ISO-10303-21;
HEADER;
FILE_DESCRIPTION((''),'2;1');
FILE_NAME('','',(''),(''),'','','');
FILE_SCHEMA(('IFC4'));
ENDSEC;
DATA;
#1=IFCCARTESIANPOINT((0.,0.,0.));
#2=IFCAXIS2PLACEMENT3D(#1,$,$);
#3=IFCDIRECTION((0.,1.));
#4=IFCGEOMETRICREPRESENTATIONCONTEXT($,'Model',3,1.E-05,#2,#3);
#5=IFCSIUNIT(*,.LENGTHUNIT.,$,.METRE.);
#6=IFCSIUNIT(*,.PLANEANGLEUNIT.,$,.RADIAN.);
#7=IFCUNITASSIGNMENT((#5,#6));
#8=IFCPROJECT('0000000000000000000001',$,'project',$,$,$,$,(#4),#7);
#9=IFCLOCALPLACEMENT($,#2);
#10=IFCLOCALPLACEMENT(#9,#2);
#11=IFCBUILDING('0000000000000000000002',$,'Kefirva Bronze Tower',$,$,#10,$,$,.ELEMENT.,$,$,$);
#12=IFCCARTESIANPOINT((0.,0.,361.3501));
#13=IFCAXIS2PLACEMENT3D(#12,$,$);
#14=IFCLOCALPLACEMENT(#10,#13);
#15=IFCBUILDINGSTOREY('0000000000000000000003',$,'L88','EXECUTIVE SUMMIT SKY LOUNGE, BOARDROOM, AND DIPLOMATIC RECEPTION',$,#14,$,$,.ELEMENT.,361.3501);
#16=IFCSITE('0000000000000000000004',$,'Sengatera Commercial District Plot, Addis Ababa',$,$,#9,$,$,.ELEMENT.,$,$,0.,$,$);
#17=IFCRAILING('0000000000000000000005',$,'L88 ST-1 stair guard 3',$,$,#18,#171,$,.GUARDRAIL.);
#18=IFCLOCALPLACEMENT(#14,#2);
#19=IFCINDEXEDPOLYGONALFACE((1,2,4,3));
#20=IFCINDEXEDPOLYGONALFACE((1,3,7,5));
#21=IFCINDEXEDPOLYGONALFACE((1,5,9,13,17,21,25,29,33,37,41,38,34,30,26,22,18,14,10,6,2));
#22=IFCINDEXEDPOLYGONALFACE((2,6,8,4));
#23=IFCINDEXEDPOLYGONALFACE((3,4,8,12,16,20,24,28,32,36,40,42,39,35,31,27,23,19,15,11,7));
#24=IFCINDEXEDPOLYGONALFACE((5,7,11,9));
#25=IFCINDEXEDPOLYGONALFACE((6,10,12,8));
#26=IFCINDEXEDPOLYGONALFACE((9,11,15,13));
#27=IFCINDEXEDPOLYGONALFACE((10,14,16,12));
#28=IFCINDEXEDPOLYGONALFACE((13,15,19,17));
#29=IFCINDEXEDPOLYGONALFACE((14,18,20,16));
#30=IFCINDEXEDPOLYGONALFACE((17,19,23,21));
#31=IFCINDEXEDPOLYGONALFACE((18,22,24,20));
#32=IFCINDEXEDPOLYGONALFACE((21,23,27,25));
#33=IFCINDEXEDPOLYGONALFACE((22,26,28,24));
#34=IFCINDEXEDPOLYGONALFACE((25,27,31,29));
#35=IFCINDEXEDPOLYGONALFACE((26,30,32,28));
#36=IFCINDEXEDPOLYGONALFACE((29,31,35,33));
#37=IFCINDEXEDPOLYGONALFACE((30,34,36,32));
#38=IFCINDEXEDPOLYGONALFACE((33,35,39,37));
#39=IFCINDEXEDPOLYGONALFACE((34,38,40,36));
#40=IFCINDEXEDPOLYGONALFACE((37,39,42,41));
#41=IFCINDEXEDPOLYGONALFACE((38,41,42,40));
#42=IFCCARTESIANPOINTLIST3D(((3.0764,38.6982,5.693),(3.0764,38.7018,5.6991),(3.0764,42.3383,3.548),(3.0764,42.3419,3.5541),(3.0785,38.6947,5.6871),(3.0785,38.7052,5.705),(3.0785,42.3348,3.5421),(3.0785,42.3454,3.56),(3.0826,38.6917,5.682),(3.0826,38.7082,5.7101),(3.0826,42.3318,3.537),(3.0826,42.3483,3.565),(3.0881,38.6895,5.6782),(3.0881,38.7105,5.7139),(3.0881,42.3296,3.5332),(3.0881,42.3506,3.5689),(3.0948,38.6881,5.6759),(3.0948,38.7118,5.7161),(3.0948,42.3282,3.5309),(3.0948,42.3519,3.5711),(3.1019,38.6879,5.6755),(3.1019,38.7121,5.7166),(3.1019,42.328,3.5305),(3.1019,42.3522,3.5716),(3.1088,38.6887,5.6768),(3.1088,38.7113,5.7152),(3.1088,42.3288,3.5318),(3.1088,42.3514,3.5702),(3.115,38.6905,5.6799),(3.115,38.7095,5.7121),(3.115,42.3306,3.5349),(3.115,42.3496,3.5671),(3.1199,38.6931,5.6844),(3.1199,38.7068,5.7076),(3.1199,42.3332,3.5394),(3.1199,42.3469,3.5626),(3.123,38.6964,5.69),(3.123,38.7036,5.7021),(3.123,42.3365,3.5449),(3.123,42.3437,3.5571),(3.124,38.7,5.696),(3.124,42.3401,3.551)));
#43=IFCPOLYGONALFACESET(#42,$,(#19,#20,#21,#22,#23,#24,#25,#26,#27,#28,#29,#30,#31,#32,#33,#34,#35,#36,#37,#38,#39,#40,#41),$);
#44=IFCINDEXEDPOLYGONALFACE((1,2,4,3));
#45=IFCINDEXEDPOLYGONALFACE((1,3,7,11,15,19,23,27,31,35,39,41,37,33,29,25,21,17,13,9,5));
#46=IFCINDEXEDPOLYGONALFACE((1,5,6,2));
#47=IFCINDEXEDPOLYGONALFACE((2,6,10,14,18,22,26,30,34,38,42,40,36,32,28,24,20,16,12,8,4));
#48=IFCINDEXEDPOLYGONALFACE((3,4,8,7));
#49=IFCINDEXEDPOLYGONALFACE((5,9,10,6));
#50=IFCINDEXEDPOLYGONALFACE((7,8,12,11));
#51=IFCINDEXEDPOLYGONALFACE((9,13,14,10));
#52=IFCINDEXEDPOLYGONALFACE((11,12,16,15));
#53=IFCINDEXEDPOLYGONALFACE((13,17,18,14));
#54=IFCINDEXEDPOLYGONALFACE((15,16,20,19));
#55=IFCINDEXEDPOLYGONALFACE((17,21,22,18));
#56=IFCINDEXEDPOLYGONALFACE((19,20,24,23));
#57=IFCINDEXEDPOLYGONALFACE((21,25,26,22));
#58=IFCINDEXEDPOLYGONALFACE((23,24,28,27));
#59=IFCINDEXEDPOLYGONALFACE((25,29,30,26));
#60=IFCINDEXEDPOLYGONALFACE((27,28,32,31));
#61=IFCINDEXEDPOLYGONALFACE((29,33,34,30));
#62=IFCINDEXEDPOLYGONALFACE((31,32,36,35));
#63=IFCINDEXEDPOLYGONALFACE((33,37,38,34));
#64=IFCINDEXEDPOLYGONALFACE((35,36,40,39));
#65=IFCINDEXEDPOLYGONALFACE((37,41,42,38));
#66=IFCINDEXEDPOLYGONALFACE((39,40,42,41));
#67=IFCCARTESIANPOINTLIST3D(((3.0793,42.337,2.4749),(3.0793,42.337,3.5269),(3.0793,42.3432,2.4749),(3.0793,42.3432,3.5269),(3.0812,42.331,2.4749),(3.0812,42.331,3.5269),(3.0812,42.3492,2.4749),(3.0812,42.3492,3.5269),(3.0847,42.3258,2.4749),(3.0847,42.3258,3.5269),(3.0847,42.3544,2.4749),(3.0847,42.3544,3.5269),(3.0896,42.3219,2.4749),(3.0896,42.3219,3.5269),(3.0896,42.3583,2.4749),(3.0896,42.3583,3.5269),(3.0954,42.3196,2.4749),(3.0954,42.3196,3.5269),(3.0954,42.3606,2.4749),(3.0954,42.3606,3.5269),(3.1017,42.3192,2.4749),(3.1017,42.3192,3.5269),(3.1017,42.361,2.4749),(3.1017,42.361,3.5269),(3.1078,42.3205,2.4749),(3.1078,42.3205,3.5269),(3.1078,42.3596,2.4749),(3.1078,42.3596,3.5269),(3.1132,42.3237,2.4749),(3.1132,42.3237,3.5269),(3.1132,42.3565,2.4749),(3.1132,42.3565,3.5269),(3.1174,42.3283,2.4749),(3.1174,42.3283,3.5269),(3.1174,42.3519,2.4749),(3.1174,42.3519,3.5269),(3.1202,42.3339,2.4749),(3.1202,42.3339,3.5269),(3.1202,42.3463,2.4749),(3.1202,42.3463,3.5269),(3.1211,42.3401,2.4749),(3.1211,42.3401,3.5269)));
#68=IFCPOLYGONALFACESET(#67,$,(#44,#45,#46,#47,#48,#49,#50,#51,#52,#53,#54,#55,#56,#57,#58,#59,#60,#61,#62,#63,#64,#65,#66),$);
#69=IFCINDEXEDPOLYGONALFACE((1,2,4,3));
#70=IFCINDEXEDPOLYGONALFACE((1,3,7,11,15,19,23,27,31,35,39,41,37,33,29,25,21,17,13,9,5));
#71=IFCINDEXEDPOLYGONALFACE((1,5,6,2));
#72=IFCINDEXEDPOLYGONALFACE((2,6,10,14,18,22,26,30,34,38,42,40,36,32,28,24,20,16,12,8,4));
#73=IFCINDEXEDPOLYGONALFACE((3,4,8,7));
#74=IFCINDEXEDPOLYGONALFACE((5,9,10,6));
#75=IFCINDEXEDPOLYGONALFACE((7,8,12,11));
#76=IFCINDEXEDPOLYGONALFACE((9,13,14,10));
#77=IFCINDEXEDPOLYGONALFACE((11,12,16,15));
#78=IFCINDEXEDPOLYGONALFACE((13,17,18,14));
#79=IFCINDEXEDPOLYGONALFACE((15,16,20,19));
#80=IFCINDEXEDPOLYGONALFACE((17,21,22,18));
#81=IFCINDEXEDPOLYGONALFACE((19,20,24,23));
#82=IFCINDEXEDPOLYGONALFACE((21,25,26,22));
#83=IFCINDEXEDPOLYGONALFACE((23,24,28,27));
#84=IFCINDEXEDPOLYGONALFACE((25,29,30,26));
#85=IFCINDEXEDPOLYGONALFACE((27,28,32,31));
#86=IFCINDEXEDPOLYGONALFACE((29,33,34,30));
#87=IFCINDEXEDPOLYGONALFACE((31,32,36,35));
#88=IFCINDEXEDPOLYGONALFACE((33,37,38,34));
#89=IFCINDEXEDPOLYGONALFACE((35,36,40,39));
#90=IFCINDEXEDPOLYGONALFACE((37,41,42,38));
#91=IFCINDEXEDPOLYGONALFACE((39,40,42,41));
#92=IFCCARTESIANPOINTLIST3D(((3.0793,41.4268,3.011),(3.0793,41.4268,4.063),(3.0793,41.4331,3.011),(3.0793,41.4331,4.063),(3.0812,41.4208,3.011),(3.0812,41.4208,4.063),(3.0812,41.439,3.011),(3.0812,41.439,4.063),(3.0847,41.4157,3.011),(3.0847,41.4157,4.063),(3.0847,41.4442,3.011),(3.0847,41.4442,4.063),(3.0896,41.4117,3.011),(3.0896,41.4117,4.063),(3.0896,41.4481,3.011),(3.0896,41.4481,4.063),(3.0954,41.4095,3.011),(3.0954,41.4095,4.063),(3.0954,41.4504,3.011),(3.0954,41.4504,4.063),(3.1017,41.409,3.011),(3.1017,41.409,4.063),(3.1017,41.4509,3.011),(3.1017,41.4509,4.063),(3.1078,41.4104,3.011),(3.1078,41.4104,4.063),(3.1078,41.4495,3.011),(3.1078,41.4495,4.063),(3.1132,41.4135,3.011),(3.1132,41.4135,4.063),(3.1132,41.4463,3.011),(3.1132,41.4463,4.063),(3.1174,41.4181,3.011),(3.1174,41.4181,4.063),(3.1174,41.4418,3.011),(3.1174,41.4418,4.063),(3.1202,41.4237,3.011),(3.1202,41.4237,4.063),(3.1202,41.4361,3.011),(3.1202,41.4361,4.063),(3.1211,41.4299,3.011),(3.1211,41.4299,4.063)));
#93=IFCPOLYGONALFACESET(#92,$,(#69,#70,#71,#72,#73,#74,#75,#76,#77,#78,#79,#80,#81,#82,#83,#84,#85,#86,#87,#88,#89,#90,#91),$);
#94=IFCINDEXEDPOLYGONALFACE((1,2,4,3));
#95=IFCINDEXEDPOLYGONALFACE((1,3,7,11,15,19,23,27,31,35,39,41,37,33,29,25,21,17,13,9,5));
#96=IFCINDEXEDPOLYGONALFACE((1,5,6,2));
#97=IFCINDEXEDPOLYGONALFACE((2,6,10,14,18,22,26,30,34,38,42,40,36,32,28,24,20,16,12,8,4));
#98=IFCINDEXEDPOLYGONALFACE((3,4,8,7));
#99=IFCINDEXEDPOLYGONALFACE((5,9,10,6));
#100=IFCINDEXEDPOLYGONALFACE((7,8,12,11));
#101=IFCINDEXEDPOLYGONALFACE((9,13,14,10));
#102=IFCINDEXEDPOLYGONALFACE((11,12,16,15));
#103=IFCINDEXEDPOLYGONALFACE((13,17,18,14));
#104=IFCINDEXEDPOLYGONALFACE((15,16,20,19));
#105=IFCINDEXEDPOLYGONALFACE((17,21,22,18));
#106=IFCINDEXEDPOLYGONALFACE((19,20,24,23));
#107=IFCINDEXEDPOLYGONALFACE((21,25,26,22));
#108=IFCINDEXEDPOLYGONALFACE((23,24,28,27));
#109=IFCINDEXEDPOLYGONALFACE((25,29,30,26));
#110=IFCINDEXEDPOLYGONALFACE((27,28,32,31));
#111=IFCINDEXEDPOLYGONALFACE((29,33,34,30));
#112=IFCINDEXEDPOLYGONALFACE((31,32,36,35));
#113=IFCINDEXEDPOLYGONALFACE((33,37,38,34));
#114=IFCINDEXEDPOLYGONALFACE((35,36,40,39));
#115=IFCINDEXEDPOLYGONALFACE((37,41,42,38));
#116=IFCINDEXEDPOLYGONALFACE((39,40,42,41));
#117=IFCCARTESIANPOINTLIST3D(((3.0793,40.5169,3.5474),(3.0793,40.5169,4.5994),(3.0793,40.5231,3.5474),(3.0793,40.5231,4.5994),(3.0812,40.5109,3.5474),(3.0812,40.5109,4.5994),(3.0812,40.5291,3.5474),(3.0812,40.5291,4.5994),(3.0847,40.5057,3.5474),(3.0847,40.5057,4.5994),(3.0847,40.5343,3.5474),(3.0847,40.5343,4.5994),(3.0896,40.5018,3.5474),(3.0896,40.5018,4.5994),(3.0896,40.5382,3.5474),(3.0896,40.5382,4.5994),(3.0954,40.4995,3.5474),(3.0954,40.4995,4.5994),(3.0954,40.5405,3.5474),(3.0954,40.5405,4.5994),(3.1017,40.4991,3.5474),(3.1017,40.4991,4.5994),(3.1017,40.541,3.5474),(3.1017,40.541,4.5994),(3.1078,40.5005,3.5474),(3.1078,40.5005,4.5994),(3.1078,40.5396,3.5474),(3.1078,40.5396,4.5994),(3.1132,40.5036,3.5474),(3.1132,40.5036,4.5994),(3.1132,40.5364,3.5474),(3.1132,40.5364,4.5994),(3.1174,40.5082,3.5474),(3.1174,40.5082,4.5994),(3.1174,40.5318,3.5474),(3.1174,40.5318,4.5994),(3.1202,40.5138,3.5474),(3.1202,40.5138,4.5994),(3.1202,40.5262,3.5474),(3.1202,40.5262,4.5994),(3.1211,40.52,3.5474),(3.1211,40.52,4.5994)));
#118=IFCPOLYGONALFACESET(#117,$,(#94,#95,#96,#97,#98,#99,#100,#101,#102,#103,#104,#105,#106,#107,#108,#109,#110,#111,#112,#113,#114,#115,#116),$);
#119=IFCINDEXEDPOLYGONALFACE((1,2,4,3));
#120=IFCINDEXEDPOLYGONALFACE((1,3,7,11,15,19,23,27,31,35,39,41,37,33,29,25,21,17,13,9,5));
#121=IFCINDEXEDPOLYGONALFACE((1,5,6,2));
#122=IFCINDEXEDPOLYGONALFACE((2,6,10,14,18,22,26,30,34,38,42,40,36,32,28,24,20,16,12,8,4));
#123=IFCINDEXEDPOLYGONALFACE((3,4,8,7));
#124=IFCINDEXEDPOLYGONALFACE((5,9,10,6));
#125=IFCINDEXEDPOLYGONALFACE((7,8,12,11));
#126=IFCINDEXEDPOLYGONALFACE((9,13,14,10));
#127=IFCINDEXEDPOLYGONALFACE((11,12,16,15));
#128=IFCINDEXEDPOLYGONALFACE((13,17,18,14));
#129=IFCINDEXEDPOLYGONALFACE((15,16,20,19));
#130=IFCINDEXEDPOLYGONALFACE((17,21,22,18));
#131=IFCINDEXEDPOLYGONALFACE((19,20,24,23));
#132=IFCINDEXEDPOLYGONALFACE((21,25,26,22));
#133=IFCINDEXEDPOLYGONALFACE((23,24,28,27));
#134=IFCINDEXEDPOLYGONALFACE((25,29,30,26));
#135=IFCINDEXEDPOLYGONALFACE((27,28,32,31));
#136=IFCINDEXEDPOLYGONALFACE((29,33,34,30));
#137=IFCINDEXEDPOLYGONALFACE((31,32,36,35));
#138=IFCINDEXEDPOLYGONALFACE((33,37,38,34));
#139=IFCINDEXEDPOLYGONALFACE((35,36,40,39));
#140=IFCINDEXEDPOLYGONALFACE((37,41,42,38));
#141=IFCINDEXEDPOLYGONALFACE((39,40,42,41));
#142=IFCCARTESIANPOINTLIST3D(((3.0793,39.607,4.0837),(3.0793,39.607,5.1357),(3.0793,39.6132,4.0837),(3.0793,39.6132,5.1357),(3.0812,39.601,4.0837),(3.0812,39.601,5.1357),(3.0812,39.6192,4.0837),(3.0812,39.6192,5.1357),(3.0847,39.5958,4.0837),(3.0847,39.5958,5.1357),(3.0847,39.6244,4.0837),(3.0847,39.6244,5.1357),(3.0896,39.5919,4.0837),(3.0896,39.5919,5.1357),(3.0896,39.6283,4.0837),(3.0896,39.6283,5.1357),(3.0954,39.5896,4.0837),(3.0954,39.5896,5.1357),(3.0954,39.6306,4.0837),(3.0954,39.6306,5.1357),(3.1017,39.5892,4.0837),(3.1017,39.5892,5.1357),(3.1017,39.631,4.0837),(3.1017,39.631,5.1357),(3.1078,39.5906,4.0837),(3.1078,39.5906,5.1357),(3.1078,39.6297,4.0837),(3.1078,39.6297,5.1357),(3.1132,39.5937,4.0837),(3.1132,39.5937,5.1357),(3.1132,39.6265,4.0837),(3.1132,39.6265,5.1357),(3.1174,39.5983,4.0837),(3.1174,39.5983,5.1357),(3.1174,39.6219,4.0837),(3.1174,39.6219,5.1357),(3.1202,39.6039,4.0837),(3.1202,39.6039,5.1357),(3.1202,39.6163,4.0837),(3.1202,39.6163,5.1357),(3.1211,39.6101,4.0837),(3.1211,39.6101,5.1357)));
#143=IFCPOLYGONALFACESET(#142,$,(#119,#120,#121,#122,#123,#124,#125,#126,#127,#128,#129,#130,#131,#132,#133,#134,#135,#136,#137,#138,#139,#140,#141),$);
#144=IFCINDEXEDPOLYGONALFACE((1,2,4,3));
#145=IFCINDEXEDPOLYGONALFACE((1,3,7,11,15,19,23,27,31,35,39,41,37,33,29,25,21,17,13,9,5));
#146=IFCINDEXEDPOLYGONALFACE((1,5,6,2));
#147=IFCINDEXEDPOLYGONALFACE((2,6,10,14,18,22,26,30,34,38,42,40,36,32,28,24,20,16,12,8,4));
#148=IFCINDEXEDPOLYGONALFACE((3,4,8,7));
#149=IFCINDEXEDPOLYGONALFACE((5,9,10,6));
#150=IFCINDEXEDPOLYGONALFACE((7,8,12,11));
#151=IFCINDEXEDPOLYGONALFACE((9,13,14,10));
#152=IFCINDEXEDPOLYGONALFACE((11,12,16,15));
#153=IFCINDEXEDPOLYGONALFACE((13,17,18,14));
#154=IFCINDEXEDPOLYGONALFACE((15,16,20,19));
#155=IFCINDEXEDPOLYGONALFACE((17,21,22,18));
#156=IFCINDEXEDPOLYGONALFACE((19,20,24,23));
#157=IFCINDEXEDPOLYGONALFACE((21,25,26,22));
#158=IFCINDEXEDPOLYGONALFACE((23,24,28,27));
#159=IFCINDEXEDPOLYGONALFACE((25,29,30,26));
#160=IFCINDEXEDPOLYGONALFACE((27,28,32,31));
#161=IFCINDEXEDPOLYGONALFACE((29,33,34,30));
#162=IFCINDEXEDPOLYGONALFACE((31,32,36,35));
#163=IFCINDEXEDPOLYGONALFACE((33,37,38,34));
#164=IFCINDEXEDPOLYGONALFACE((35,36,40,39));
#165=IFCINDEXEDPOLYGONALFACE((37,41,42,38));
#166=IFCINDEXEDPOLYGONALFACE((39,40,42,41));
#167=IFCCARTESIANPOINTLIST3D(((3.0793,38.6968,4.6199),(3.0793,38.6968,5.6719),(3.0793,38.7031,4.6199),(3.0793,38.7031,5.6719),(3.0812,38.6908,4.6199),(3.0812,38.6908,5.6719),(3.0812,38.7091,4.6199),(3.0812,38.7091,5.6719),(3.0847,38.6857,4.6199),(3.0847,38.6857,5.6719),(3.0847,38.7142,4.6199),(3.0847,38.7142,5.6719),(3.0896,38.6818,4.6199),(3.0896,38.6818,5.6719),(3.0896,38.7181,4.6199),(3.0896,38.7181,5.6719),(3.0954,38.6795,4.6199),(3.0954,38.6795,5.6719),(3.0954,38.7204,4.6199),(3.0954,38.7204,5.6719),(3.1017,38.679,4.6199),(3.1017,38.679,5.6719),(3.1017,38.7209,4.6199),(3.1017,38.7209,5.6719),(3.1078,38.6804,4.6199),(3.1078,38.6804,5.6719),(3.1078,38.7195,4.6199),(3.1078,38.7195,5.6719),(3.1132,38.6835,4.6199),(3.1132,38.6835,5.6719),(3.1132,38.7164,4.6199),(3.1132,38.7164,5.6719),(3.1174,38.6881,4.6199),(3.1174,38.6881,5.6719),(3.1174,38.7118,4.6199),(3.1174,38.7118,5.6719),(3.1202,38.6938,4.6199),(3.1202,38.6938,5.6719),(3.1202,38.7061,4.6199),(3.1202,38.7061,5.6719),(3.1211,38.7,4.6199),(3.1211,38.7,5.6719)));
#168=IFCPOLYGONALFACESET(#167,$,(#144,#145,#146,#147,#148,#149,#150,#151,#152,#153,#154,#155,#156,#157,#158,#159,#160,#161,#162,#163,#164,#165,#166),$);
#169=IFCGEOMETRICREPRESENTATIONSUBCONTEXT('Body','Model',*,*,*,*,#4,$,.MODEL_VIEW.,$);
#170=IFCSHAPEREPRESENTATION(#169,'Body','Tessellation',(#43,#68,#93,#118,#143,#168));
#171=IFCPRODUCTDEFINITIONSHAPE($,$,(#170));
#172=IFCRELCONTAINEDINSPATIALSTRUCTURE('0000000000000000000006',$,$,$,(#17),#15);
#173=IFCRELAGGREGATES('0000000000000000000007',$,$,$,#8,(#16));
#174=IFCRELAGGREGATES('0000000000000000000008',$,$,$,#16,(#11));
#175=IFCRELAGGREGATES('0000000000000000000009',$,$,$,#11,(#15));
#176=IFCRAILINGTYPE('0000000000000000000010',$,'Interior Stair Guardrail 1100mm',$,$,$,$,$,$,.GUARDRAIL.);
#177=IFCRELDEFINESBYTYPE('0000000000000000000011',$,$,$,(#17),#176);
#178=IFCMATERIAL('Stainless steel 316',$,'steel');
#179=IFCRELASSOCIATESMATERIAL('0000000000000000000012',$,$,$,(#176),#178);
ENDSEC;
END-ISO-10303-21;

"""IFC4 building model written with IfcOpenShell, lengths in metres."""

from ifc_helpers import new_model, si_unit, direction, frame, origin, origin_2d, place, context, subcontext, project, spatial, circle, extrude, material, type_object, element, save


model = new_model("IFC4")

# Units and contexts
model_context = context("Model", 3, precision=1e-05, world=origin(), true_north=direction((0.0, 1.0)))
body_context = subcontext(model_context, "Body", "Model", "MODEL_VIEW")
ifc_project = project(units=[si_unit("LENGTHUNIT", "METRE"), si_unit("PLANEANGLEUNIT", "RADIAN")], contexts=[model_context])

# Site, building, storey
site_placement = place(None, origin())
site = spatial("IfcSite", under=ifc_project, at=site_placement, Name="Sengatera Commercial District Plot, Addis Ababa", CompositionType="ELEMENT", RefElevation=0.0)
building_placement = place(site_placement, origin())
building = spatial("IfcBuilding", under=site, at=building_placement, Name="Kefirva Bronze Tower", CompositionType="ELEMENT")
storey_placement = place(building_placement, frame((0.0, 0.0, 361.3501)))
storey = spatial("IfcBuildingStorey", under=building, at=storey_placement, Name="L88", Description="EXECUTIVE SUMMIT SKY LOUNGE, BOARDROOM, AND DIPLOMATIC RECEPTION", CompositionType="ELEMENT", Elevation=361.3501)

# Railing
ifc_material_1 = material(Name="Stainless steel 316", Category="steel")
railing_type_1 = type_object("IfcRailingType", Name="Interior Stair Guardrail 1100mm", PredefinedType="GUARDRAIL", material=ifc_material_1)
railing_1_placement = place(storey_placement, frame((3.1001, 42.3401, 2.4749)))
element("IfcRailing", 1, at=railing_1_placement, inside=storey, type_object=railing_type_1, Name="L88 ST-1 stair guard 3", PredefinedType="GUARDRAIL", context=body_context, shape_type="SweptSolid", body=[
    extrude(circle(Radius=0.0239, at=origin_2d()), frame((0.0, 0.0, 1.0762), z_axis=(0.0, -0.861545, 0.507682), x_axis=(1.0, 0.0, 0.0)), (0.0, 0.0, 1.0), 4.2251),
    extrude(circle(Radius=0.021, at=origin_2d()), origin(), (0.0, 0.0, 1.0), 1.052),
    extrude(circle(Radius=0.021, at=origin_2d()), frame((0.0, -0.9102, 0.5361)), (0.0, 0.0, 1.0), 1.052),
    extrude(circle(Radius=0.021, at=origin_2d()), frame((0.0, -1.8201, 1.0725)), (0.0, 0.0, 1.0), 1.052),
    extrude(circle(Radius=0.021, at=origin_2d()), frame((0.0, -2.73, 1.6089)), (0.0, 0.0, 1.0), 1.052),
    extrude(circle(Radius=0.021, at=origin_2d()), frame((0.0, -3.6401, 2.145)), (0.0, 0.0, 1.0), 1.052),
])

save(model, "model.ifc")
